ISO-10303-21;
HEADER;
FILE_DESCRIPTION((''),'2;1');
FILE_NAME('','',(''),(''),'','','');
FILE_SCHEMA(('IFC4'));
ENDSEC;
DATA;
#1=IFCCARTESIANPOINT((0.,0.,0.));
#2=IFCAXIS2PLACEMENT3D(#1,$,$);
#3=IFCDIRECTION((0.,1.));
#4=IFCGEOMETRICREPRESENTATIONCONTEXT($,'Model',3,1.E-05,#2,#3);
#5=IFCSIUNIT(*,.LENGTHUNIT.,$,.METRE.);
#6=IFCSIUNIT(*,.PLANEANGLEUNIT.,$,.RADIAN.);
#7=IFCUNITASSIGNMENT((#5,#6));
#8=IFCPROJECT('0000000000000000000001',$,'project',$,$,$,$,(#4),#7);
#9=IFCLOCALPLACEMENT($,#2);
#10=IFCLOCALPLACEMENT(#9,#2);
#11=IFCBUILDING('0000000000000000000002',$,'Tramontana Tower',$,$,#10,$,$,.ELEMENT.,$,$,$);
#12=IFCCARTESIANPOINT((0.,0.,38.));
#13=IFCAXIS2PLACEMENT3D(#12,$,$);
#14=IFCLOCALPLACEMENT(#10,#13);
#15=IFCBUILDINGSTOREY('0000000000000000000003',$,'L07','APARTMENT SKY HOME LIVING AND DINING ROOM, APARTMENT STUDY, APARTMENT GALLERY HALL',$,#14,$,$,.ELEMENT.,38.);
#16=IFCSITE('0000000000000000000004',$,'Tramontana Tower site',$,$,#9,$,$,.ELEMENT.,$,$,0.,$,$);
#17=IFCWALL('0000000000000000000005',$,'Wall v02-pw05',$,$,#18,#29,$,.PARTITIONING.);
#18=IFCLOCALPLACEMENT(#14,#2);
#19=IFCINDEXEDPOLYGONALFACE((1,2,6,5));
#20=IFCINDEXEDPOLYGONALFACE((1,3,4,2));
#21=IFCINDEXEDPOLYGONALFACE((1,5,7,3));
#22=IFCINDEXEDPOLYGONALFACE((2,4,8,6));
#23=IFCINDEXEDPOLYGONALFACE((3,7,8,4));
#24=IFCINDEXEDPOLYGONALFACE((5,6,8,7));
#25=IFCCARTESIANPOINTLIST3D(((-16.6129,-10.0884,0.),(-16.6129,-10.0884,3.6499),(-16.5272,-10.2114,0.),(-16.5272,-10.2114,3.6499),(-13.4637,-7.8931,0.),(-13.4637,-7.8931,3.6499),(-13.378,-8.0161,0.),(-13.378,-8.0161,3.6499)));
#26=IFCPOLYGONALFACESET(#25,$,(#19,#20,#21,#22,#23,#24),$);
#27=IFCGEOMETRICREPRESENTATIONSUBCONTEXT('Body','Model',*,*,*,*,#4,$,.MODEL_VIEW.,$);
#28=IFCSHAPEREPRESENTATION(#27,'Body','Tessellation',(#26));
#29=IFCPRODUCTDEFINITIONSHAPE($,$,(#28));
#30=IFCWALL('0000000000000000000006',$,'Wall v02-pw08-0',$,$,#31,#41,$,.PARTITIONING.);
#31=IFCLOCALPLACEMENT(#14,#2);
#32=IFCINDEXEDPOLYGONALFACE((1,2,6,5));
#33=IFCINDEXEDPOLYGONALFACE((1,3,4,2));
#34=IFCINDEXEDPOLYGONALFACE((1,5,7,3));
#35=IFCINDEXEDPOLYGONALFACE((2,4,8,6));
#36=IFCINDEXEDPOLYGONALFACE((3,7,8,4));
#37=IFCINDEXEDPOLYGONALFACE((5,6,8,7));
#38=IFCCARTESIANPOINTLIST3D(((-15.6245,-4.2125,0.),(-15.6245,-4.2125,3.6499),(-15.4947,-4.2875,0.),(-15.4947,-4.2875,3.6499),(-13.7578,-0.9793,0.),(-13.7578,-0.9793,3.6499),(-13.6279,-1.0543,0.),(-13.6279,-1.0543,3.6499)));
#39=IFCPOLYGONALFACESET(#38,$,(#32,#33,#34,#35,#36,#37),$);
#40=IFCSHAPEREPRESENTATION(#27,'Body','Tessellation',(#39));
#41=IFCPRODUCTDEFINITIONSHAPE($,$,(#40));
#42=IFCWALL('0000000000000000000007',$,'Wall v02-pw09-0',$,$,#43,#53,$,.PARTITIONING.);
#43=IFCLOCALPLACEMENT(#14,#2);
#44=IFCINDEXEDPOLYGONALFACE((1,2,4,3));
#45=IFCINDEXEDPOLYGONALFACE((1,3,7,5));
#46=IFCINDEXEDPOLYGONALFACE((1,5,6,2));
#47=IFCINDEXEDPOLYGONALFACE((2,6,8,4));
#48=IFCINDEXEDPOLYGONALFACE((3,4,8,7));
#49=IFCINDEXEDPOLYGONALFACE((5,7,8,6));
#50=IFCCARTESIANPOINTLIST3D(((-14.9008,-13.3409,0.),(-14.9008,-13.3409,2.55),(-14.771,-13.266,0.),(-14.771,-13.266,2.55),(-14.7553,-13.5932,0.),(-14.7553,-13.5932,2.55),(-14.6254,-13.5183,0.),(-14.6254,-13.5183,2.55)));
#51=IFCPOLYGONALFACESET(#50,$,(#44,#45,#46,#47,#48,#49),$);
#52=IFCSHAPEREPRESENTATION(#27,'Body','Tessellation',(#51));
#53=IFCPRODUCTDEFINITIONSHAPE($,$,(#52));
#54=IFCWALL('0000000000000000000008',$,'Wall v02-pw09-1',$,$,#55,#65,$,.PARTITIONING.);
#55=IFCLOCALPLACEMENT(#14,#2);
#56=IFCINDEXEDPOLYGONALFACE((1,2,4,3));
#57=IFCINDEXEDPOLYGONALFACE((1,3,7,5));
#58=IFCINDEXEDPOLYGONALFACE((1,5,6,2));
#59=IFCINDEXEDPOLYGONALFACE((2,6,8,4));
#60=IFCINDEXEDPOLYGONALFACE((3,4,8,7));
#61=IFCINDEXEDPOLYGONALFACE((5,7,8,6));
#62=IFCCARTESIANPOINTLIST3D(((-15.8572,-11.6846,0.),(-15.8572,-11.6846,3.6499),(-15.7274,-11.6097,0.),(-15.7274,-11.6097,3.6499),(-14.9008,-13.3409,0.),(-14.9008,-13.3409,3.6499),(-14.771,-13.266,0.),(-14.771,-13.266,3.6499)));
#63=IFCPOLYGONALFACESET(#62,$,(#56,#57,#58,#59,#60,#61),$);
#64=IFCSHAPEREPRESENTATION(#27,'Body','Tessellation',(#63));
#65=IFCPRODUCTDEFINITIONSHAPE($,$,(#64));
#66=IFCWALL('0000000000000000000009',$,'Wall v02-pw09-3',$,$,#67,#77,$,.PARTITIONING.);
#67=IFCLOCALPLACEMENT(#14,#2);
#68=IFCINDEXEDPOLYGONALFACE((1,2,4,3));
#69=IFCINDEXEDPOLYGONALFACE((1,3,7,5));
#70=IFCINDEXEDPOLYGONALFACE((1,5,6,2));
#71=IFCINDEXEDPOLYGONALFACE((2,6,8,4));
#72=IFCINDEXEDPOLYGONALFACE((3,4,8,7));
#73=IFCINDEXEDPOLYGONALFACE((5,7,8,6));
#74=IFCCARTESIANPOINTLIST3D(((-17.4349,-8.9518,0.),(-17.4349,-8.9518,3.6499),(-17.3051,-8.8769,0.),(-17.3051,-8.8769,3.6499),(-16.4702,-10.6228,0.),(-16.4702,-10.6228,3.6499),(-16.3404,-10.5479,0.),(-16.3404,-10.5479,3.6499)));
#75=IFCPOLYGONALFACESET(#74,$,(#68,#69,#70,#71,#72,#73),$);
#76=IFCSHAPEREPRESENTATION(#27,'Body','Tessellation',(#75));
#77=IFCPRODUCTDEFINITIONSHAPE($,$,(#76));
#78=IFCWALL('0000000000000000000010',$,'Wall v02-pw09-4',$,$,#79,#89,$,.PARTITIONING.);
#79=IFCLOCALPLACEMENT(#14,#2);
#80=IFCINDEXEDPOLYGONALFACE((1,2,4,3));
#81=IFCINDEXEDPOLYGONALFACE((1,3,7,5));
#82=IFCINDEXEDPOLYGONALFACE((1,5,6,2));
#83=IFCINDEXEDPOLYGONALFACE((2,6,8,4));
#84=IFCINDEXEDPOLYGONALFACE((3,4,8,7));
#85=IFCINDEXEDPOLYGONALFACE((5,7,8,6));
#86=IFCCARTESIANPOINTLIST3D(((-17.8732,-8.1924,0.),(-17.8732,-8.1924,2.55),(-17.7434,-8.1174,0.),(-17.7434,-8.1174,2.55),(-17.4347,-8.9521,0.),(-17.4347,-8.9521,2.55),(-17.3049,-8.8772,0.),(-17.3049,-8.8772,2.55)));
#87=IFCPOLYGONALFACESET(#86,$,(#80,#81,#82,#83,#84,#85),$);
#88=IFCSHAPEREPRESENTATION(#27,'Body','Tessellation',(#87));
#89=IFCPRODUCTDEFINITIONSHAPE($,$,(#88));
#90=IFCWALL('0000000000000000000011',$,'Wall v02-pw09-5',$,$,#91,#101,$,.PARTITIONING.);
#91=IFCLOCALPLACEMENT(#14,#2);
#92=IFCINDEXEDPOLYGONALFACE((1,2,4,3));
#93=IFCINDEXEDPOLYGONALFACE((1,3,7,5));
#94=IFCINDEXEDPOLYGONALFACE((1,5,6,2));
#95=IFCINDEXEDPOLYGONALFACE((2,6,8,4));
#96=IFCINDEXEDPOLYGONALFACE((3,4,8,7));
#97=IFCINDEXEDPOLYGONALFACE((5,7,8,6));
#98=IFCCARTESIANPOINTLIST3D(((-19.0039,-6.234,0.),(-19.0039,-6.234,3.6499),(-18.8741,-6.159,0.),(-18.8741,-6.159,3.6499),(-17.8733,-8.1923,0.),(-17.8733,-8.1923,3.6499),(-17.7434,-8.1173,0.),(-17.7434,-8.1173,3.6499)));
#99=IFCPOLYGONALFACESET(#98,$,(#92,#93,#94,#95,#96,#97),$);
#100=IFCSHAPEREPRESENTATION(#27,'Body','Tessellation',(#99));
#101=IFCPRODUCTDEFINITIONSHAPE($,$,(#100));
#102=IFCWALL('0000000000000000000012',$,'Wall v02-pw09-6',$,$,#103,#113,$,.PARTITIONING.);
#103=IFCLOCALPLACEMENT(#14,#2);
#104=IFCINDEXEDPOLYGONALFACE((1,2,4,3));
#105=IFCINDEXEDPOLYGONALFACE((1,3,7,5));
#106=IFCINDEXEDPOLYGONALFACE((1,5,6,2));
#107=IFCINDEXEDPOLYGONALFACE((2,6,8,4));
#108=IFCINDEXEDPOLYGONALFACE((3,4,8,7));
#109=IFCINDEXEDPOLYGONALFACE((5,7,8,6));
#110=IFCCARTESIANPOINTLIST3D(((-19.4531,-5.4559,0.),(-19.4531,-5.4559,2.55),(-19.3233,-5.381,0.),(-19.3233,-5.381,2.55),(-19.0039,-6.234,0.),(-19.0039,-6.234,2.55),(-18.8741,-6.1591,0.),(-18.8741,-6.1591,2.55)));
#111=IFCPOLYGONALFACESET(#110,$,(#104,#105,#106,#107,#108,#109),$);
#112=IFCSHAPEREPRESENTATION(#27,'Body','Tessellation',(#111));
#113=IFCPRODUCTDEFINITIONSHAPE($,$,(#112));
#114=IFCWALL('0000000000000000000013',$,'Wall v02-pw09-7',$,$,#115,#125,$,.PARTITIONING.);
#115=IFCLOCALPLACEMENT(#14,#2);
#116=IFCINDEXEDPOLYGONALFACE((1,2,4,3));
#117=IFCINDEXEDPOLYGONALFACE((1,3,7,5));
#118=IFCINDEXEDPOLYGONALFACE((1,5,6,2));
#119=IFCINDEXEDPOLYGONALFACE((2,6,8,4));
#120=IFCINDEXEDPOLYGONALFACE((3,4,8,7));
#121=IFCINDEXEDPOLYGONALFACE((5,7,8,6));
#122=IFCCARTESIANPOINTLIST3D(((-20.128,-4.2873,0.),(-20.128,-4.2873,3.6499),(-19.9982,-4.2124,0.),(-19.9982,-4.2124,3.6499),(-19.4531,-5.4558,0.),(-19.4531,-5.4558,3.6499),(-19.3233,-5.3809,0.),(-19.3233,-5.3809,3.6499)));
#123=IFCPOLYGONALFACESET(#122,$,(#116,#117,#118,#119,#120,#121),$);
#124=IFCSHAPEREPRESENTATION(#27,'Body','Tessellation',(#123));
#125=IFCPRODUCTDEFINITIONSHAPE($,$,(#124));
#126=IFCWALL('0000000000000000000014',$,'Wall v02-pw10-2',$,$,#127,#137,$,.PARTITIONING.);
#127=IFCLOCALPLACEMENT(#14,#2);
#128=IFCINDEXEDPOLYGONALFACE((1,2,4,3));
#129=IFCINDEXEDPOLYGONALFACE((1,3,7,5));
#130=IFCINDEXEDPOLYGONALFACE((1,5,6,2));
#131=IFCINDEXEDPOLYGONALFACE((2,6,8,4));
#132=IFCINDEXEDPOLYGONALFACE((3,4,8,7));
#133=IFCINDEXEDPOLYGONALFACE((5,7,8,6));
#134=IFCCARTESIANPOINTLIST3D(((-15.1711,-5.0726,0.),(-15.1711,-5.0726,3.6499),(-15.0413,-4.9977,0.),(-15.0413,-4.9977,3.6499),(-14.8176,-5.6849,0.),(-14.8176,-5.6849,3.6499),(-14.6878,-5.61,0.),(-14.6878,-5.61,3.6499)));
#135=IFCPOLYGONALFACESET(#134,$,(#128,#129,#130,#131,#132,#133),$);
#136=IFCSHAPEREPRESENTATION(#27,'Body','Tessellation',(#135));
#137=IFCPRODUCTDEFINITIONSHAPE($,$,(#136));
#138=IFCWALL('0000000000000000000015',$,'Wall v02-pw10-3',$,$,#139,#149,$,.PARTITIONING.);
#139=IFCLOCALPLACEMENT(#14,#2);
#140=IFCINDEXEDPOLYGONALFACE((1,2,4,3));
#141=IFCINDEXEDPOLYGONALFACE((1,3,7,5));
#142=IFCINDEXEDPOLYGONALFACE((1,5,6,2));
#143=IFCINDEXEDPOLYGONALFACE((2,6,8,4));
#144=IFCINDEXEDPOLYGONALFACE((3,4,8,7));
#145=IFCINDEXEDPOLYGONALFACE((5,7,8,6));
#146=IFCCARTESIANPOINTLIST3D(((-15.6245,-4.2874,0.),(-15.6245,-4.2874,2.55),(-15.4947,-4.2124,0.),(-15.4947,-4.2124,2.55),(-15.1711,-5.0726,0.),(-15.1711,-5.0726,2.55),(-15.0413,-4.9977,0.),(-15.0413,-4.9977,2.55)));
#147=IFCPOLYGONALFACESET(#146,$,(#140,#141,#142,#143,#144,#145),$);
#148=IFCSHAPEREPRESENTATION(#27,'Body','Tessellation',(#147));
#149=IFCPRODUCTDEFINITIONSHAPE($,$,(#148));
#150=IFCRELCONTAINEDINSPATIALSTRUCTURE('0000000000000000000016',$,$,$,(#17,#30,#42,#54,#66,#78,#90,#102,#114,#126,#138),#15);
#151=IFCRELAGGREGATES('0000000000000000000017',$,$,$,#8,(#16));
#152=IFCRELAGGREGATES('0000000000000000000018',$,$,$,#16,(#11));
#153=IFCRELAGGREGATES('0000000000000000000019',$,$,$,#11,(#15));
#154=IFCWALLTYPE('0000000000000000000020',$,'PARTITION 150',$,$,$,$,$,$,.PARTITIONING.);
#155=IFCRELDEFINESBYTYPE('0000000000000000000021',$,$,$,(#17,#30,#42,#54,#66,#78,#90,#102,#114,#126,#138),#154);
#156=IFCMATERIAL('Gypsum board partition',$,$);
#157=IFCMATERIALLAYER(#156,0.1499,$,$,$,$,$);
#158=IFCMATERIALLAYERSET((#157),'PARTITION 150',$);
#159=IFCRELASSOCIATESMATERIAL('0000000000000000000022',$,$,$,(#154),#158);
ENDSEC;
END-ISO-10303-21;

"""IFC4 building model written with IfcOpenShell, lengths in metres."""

from ifc_helpers import new_model, si_unit, direction, frame, frame_2d, origin, place, context, subcontext, project, spatial, rectangle, extrude, material, layer, layer_set, type_object, element, save


model = new_model("IFC4")

# Units and contexts
model_context = context("Model", 3, precision=1e-05, world=origin(), true_north=direction((0.0, 1.0)))
body_context = subcontext(model_context, "Body", "Model", "MODEL_VIEW")
ifc_project = project(units=[si_unit("LENGTHUNIT", "METRE"), si_unit("PLANEANGLEUNIT", "RADIAN")], contexts=[model_context])

# Site, building, storey
site_placement = place(None, origin())
site = spatial("IfcSite", under=ifc_project, at=site_placement, Name="Tramontana Tower site", CompositionType="ELEMENT", RefElevation=0.0)
building_placement = place(site_placement, origin())
building = spatial("IfcBuilding", under=site, at=building_placement, Name="Tramontana Tower", CompositionType="ELEMENT")
storey_placement = place(building_placement, frame((0.0, 0.0, 38.0)))
storey = spatial("IfcBuildingStorey", under=building, at=storey_placement, Name="L07", Description="APARTMENT SKY HOME LIVING AND DINING ROOM, APARTMENT STUDY, APARTMENT GALLERY HALL", CompositionType="ELEMENT", Elevation=38.0)

# Walls
ifc_material_1 = material(Name="Gypsum board partition")
ifc_layer_1 = layer(ifc_material_1, 0.1499)
ifc_layer_set_1 = layer_set([ifc_layer_1], Name="PARTITION 150")
wall_type_1 = type_object("IfcWallType", Name="PARTITION 150", PredefinedType="PARTITIONING", material=ifc_layer_set_1)
wall_1_placement = place(storey_placement, frame((-16.5701, -10.1499, 0.0), z_axis=(0.0, 0.0, 1.0), x_axis=(0.820345, 0.571869, 0.0)))
element("IfcWall", 1, at=wall_1_placement, inside=storey, type_object=wall_type_1, Name="Wall v02-pw05", PredefinedType="PARTITIONING", context=body_context, shape_type="SweptSolid", body=[
    extrude(rectangle(XDim=3.8389, YDim=0.1499, at=frame_2d((1.9194, 0.0))), origin(), (0.0, 0.0, 1.0), 3.6499),
])
wall_2_placement = place(storey_placement, frame((-15.5596, -4.25, 0.0), z_axis=(0.0, 0.0, 1.0), x_axis=(0.500007, 0.866021, 0.0)))
element("IfcWall", 2, at=wall_2_placement, inside=storey, type_object=wall_type_1, Name="Wall v02-pw08-0", PredefinedType="PARTITIONING", context=body_context, shape_type="SweptSolid", body=[
    extrude(rectangle(XDim=3.7334, YDim=0.1499, at=frame_2d((1.8667, 0.0))), origin(), (0.0, 0.0, 1.0), 3.6499),
])
wall_3_placement = place(storey_placement, frame((-14.6904, -13.5557, 0.0), z_axis=(0.0, 0.0, 1.0), x_axis=(-0.499747, 0.866172, 0.0)))
element("IfcWall", 3, at=wall_3_placement, inside=storey, type_object=wall_type_1, Name="Wall v02-pw09-0", PredefinedType="PARTITIONING", context=body_context, shape_type="SweptSolid", body=[
    extrude(rectangle(XDim=0.2913, YDim=0.1499, at=frame_2d((0.1455, 0.0))), origin(), (0.0, 0.0, 1.0), 2.55),
])
wall_4_placement = place(storey_placement, frame((-14.8359, -13.3035, 0.0), z_axis=(0.0, 0.0, 1.0), x_axis=(-0.500024, 0.866011, 0.0)))
element("IfcWall", 4, at=wall_4_placement, inside=storey, type_object=wall_type_1, Name="Wall v02-pw09-1", PredefinedType="PARTITIONING", context=body_context, shape_type="SweptSolid", body=[
    extrude(rectangle(XDim=1.9126, YDim=0.1499, at=frame_2d((0.9563, 0.0))), origin(), (0.0, 0.0, 1.0), 3.6499),
])

# Walls
wall_5_placement = place(storey_placement, frame((-16.4053, -10.5854, 0.0), z_axis=(0.0, 0.0, 1.0), x_axis=(-0.499963, 0.866047, 0.0)))
element("IfcWall", 5, at=wall_5_placement, inside=storey, type_object=wall_type_1, Name="Wall v02-pw09-3", PredefinedType="PARTITIONING", context=body_context, shape_type="SweptSolid", body=[
    extrude(rectangle(XDim=1.9294, YDim=0.1499, at=frame_2d((0.9648, 0.0))), origin(), (0.0, 0.0, 1.0), 3.6499),
])
wall_6_placement = place(storey_placement, frame((-17.3699, -8.9146, 0.0), z_axis=(0.0, 0.0, 1.0), x_axis=(-0.499851, 0.866111, 0.0)))
element("IfcWall", 6, at=wall_6_placement, inside=storey, type_object=wall_type_1, Name="Wall v02-pw09-4", PredefinedType="PARTITIONING", context=body_context, shape_type="SweptSolid", body=[
    extrude(rectangle(XDim=0.8772, YDim=0.1499, at=frame_2d((0.4385, 0.0))), origin(), (0.0, 0.0, 1.0), 2.55),
])
wall_7_placement = place(storey_placement, frame((-17.8083, -8.1548, 0.0), z_axis=(0.0, 0.0, 1.0), x_axis=(-0.500006, 0.866022, 0.0)))
element("IfcWall", 7, at=wall_7_placement, inside=storey, type_object=wall_type_1, Name="Wall v02-pw09-5", PredefinedType="PARTITIONING", context=body_context, shape_type="SweptSolid", body=[
    extrude(rectangle(XDim=2.2612, YDim=0.1499, at=frame_2d((1.1306, 0.0))), origin(), (0.0, 0.0, 1.0), 3.6499),
])
wall_8_placement = place(storey_placement, frame((-18.939, -6.1965, 0.0), z_axis=(0.0, 0.0, 1.0), x_axis=(-0.499997, 0.866027, 0.0)))
element("IfcWall", 8, at=wall_8_placement, inside=storey, type_object=wall_type_1, Name="Wall v02-pw09-6", PredefinedType="PARTITIONING", context=body_context, shape_type="SweptSolid", body=[
    extrude(rectangle(XDim=0.8984, YDim=0.1499, at=frame_2d((0.4492, 0.0))), origin(), (0.0, 0.0, 1.0), 2.55),
])
wall_9_placement = place(storey_placement, frame((-19.3882, -5.4185, 0.0), z_axis=(0.0, 0.0, 1.0), x_axis=(-0.500109, 0.865963, 0.0)))
element("IfcWall", 9, at=wall_9_placement, inside=storey, type_object=wall_type_1, Name="Wall v02-pw09-7", PredefinedType="PARTITIONING", context=body_context, shape_type="SweptSolid", body=[
    extrude(rectangle(XDim=1.3494, YDim=0.1499, at=frame_2d((0.6748, 0.0))), origin(), (0.0, 0.0, 1.0), 3.6499),
])
wall_10_placement = place(storey_placement, frame((-14.7527, -5.6475, 0.0), z_axis=(0.0, 0.0, 1.0), x_axis=(-0.500001, 0.866025, 0.0)))
element("IfcWall", 10, at=wall_10_placement, inside=storey, type_object=wall_type_1, Name="Wall v02-pw10-2", PredefinedType="PARTITIONING", context=body_context, shape_type="SweptSolid", body=[
    extrude(rectangle(XDim=0.707, YDim=0.1499, at=frame_2d((0.3535, 0.0))), origin(), (0.0, 0.0, 1.0), 3.6499),
])
wall_11_placement = place(storey_placement, frame((-15.1062, -5.0352, 0.0), z_axis=(0.0, 0.0, 1.0), x_axis=(-0.500049, 0.865997, 0.0)))
element("IfcWall", 11, at=wall_11_placement, inside=storey, type_object=wall_type_1, Name="Wall v02-pw10-3", PredefinedType="PARTITIONING", context=body_context, shape_type="SweptSolid", body=[
    extrude(rectangle(XDim=0.9067, YDim=0.1499, at=frame_2d((0.4534, 0.0))), origin(), (0.0, 0.0, 1.0), 2.55),
])

save(model, "model.ifc")
